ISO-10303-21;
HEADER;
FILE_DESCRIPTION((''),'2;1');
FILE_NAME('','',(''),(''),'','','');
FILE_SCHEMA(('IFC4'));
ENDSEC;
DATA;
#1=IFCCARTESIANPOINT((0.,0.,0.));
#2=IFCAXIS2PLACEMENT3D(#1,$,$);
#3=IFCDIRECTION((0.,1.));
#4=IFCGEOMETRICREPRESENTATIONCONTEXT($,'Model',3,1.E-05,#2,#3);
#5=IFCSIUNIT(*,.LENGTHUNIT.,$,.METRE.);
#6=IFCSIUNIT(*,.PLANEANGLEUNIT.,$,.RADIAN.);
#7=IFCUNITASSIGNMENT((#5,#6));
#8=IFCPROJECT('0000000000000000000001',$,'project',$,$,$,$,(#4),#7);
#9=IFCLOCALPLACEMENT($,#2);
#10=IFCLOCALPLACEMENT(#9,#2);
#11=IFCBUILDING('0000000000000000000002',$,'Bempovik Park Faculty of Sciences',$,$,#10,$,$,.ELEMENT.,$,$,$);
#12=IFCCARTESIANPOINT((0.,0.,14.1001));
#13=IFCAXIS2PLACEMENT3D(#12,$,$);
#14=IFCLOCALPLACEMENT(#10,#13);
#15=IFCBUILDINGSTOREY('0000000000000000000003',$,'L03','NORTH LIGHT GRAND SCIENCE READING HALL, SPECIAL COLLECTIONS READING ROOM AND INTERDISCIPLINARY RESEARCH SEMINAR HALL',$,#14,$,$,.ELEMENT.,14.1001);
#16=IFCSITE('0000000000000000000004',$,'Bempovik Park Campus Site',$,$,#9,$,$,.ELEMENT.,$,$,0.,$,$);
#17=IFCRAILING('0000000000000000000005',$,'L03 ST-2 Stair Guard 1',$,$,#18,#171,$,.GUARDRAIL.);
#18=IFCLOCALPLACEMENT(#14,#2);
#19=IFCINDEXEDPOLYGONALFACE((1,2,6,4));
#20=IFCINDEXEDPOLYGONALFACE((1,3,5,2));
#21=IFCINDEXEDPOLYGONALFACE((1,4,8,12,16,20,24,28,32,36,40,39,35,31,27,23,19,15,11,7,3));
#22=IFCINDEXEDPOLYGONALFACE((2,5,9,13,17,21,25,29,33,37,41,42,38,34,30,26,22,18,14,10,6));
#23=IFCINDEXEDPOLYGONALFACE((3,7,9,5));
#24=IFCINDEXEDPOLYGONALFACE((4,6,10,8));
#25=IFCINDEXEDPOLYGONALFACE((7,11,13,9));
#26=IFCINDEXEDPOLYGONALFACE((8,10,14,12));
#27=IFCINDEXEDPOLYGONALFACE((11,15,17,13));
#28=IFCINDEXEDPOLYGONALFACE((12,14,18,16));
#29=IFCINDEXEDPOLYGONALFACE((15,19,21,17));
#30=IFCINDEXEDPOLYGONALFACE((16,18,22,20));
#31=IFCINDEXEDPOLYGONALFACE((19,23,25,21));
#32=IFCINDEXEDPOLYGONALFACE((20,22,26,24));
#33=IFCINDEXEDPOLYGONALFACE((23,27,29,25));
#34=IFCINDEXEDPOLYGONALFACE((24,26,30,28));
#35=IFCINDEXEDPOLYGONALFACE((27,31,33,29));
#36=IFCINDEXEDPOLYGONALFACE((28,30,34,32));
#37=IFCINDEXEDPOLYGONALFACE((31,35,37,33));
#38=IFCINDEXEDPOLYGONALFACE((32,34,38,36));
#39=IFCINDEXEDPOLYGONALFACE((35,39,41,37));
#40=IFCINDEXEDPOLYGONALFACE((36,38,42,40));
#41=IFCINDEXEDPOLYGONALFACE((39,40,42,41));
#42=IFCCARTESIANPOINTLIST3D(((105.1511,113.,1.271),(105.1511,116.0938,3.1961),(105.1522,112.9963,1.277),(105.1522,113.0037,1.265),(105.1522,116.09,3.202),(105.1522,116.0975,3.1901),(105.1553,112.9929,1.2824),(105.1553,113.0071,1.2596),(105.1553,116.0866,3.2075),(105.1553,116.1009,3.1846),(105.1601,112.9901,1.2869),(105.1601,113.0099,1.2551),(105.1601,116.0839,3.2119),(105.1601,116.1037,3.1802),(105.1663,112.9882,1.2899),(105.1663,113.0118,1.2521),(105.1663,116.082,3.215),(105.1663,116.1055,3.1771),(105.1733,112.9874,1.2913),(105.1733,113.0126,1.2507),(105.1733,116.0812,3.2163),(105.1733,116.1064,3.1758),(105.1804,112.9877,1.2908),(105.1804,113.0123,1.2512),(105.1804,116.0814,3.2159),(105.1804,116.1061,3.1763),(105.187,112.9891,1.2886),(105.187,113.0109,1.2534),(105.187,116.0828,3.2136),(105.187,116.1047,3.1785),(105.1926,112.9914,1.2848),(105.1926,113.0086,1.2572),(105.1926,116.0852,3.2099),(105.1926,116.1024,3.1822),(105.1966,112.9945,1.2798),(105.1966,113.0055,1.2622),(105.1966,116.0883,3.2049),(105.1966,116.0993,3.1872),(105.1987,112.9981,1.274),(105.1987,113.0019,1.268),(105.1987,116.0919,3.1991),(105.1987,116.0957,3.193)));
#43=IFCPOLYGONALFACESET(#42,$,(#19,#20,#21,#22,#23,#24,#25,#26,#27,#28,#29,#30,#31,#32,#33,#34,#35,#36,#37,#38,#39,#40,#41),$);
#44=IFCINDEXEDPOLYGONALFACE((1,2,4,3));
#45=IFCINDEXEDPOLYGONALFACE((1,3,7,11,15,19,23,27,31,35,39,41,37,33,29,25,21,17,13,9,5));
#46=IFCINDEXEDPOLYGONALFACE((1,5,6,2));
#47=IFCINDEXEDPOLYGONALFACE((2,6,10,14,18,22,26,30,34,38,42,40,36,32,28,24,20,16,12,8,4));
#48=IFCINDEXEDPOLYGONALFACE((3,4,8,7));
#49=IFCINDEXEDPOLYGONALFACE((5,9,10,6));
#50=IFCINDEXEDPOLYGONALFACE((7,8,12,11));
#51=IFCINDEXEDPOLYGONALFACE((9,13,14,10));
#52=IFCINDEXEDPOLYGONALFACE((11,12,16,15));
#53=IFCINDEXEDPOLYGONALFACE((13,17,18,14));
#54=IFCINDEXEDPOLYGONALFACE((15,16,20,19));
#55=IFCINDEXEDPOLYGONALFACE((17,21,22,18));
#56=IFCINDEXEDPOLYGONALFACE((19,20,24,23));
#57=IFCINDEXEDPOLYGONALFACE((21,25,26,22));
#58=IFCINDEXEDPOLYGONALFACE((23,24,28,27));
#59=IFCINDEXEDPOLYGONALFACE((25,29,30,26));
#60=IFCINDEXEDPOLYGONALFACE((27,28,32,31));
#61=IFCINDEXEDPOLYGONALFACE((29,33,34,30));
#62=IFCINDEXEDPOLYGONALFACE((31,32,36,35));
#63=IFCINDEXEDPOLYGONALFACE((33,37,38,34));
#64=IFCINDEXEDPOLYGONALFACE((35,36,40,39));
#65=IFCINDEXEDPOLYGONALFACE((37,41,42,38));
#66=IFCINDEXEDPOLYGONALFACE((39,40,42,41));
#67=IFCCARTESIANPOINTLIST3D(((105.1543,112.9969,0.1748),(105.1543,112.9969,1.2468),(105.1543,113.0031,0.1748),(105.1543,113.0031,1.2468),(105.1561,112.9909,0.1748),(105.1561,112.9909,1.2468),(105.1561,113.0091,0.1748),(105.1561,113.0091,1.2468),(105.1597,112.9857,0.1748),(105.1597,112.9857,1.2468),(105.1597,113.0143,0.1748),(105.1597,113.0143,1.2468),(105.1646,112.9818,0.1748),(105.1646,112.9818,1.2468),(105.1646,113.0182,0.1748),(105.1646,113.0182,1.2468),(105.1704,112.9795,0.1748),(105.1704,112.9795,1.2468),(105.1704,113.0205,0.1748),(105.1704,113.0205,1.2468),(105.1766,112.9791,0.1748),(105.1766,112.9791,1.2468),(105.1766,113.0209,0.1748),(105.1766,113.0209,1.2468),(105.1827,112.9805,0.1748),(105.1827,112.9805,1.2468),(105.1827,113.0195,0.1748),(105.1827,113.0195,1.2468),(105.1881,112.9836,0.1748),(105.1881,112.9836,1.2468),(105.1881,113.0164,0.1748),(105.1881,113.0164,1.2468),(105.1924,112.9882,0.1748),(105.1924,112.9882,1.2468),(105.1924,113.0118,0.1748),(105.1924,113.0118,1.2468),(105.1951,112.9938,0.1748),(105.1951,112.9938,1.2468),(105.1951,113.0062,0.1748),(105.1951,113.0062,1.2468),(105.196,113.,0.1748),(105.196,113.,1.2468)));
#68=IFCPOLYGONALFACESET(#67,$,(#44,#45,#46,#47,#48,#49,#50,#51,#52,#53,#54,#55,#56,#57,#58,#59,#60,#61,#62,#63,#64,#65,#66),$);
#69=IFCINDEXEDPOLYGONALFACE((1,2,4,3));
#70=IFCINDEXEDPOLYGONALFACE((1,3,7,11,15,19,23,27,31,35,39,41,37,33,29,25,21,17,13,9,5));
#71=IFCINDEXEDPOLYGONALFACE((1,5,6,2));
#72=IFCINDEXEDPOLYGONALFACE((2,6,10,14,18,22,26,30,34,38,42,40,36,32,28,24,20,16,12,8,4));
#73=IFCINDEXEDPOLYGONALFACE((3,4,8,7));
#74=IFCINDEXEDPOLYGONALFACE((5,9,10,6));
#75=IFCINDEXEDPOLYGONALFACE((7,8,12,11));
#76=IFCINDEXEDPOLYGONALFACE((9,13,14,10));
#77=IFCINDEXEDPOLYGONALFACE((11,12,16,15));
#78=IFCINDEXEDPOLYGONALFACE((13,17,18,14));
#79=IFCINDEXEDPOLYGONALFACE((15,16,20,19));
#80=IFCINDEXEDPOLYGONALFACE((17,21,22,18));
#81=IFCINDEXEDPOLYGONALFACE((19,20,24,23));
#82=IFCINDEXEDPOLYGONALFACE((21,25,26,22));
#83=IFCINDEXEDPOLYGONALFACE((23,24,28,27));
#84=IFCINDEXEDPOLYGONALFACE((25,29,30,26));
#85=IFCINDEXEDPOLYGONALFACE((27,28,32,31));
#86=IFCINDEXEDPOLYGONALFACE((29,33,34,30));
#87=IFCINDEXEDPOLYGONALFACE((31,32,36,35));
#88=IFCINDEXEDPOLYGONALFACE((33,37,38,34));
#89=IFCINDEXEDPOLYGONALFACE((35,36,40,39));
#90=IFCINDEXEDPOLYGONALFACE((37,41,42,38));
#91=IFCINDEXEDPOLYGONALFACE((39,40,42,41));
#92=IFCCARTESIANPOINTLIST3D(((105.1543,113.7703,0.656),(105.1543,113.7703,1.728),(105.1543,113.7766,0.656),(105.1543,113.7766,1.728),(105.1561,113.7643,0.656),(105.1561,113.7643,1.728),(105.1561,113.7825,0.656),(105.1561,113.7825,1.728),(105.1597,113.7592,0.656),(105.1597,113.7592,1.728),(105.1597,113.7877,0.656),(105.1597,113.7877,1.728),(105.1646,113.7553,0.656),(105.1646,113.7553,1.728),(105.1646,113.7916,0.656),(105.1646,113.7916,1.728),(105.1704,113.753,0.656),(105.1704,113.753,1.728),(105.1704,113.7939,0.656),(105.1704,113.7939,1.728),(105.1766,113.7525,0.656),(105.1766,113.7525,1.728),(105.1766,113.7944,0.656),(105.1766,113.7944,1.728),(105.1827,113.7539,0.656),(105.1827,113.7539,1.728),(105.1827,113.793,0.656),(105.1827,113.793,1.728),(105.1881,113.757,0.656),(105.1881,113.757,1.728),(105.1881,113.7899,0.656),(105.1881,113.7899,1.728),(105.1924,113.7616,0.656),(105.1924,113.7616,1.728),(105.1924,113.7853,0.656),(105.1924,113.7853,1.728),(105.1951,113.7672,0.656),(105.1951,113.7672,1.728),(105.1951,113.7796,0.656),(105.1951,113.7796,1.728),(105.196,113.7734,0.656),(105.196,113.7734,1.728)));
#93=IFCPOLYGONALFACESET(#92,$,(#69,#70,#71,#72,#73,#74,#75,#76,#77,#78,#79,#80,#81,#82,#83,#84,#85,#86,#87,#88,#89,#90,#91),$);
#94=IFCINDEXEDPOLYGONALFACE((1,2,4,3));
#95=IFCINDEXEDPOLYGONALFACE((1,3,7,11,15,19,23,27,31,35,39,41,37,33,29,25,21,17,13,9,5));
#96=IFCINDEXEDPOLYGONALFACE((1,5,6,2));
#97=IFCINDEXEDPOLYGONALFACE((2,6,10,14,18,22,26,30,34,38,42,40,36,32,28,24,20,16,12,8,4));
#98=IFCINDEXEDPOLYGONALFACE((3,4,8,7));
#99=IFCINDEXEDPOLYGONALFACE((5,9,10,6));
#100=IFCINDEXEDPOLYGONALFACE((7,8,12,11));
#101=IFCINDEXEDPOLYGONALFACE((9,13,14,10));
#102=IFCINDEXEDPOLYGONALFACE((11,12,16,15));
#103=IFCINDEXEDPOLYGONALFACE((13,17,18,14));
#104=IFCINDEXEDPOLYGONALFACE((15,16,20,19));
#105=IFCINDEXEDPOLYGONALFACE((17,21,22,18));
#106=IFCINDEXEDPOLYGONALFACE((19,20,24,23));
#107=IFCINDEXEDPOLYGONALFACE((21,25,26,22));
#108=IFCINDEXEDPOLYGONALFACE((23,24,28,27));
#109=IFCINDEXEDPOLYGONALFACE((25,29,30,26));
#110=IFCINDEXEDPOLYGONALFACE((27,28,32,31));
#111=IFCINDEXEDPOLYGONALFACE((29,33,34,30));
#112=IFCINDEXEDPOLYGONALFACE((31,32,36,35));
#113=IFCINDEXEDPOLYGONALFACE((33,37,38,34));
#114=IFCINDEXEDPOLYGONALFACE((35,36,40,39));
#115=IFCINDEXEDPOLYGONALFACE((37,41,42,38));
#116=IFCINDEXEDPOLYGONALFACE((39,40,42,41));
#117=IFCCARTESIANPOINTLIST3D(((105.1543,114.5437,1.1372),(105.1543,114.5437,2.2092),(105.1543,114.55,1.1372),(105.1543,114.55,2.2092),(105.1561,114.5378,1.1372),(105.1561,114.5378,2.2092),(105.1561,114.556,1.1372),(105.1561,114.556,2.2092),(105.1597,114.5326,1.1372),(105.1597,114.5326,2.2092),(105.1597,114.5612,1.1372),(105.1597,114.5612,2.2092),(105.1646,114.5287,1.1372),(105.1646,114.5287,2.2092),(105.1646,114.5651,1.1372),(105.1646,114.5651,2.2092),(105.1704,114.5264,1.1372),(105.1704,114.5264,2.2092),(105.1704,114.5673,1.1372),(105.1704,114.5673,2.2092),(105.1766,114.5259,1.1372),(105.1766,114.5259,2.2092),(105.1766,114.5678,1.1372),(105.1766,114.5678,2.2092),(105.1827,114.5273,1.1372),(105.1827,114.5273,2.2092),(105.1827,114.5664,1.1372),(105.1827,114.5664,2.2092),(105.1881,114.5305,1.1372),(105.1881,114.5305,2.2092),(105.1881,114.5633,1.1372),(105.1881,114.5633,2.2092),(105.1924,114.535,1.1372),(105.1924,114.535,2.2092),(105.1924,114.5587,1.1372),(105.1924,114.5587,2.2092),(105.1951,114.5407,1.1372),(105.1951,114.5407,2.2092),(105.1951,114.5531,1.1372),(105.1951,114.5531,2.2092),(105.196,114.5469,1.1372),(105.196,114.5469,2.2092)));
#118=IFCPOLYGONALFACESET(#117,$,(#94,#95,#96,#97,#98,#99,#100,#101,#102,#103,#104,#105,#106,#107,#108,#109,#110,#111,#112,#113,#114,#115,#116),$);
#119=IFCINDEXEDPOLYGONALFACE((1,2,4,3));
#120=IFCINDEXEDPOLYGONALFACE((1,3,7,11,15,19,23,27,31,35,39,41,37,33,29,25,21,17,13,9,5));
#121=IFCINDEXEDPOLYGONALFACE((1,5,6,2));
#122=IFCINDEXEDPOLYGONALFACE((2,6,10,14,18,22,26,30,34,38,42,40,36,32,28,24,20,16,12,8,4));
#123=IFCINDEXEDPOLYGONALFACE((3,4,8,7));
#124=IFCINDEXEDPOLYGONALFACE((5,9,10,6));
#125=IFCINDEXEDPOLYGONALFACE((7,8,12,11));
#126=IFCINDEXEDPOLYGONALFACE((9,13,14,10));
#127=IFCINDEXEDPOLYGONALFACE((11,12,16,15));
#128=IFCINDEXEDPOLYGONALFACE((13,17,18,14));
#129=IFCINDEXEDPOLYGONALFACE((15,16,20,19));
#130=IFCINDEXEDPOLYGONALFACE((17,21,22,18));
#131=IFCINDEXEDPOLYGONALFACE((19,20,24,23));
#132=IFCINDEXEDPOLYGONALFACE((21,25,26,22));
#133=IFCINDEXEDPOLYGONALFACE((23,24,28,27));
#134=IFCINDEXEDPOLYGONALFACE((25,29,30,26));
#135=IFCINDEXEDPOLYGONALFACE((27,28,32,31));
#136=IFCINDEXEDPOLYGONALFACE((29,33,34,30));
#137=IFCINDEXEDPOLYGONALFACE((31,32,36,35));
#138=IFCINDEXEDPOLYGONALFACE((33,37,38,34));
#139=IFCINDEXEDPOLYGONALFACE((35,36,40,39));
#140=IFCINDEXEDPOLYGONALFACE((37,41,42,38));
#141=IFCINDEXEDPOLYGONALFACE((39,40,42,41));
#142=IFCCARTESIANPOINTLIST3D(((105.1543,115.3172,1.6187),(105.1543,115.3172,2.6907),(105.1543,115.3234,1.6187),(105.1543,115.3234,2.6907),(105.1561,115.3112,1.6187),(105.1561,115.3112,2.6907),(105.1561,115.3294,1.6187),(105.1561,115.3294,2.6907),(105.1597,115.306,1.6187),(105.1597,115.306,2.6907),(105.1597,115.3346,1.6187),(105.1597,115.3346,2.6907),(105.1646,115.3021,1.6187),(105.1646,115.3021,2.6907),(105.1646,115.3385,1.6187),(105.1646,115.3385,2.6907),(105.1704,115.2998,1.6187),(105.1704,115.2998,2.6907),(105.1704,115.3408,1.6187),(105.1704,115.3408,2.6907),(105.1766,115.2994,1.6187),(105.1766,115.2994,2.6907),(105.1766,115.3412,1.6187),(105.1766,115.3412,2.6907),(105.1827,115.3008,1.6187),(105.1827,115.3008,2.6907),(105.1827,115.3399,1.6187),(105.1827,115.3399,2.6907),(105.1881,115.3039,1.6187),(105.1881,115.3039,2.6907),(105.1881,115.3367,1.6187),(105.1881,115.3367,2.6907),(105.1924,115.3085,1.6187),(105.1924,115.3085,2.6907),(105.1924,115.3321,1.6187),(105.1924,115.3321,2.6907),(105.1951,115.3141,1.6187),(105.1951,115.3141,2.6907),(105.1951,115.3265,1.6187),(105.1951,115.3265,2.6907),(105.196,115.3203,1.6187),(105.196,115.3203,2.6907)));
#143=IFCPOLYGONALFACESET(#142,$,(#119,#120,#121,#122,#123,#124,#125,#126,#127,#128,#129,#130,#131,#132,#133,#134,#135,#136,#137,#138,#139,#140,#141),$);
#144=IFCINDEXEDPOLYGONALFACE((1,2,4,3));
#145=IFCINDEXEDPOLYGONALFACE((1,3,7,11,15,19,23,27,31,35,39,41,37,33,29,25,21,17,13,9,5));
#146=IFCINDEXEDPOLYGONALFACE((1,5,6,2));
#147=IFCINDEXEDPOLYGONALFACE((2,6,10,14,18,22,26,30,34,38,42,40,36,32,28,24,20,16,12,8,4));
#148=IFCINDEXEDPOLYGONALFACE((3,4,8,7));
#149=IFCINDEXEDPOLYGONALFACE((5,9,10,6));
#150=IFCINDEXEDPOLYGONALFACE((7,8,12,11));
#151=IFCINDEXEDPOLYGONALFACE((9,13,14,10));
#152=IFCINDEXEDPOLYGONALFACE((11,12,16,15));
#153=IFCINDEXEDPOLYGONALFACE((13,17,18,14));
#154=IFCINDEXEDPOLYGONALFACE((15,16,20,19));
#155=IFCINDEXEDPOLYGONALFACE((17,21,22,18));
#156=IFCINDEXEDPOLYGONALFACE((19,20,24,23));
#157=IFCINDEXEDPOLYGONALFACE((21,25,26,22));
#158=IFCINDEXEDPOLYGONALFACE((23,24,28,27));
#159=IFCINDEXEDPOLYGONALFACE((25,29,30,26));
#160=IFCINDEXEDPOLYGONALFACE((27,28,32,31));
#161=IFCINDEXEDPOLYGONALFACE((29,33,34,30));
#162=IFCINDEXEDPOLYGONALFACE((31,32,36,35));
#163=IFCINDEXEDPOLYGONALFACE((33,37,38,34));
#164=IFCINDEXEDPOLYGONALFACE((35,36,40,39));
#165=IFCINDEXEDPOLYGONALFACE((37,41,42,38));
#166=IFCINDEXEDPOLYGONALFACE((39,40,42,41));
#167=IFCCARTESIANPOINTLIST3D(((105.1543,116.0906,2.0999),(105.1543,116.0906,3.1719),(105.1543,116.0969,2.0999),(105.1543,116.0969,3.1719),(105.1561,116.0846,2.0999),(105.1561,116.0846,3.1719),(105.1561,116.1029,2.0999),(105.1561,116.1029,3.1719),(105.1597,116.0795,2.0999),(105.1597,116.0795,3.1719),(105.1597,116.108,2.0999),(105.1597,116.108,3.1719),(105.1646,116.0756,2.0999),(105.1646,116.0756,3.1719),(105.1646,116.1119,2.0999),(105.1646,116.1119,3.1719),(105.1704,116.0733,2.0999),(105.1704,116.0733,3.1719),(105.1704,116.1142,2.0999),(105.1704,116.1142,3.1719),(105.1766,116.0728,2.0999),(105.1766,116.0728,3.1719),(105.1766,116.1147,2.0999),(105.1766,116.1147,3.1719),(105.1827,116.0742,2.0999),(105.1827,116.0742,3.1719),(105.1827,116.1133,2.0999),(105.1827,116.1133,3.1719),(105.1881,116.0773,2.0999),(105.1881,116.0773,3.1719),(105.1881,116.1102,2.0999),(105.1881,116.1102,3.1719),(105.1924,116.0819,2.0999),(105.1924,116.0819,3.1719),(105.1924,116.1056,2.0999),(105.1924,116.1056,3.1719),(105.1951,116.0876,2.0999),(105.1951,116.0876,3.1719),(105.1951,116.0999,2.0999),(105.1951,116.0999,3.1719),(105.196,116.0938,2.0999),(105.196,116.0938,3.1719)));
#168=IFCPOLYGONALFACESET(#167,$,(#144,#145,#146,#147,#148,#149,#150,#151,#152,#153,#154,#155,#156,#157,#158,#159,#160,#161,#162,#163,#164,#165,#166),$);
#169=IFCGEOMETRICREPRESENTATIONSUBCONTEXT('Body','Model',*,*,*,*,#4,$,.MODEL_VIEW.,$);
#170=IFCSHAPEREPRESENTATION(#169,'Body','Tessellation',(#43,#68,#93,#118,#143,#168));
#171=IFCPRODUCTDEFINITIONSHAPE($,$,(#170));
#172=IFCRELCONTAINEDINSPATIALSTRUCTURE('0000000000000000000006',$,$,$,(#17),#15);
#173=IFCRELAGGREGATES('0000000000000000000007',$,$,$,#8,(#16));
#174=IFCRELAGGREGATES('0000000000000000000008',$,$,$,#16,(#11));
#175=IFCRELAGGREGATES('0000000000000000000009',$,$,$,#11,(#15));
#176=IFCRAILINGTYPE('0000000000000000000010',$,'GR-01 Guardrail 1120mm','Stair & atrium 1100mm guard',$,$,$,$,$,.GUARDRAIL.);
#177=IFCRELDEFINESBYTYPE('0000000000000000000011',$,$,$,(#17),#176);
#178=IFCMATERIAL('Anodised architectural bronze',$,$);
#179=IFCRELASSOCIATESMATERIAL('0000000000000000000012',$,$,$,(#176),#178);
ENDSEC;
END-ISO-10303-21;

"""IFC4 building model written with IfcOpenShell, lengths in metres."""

from ifc_helpers import new_model, si_unit, direction, frame, origin, origin_2d, place, context, subcontext, project, spatial, circle, extrude, material, type_object, element, save


model = new_model("IFC4")

# Units and contexts
model_context = context("Model", 3, precision=1e-05, world=origin(), true_north=direction((0.0, 1.0)))
body_context = subcontext(model_context, "Body", "Model", "MODEL_VIEW")
ifc_project = project(units=[si_unit("LENGTHUNIT", "METRE"), si_unit("PLANEANGLEUNIT", "RADIAN")], contexts=[model_context])

# Site, building, storey
site_placement = place(None, origin())
site = spatial("IfcSite", under=ifc_project, at=site_placement, Name="Bempovik Park Campus Site", CompositionType="ELEMENT", RefElevation=0.0)
building_placement = place(site_placement, origin())
building = spatial("IfcBuilding", under=site, at=building_placement, Name="Bempovik Park Faculty of Sciences", CompositionType="ELEMENT")
storey_placement = place(building_placement, frame((0.0, 0.0, 14.1001)))
storey = spatial("IfcBuildingStorey", under=building, at=storey_placement, Name="L03", Description="NORTH LIGHT GRAND SCIENCE READING HALL, SPECIAL COLLECTIONS READING ROOM AND INTERDISCIPLINARY RESEARCH SEMINAR HALL", CompositionType="ELEMENT", Elevation=14.1001)

# Shared definitions
ifc_material_1 = material(Name="Anodised architectural bronze")

# Railing
railing_type_1 = type_object("IfcRailingType", Name="GR-01 Guardrail 1120mm", Description="Stair & atrium 1100mm guard", PredefinedType="GUARDRAIL", material=ifc_material_1)
railing_1_placement = place(storey_placement, frame((105.175, 113.0, 0.1748)))
element("IfcRailing", 1, at=railing_1_placement, inside=storey, type_object=railing_type_1, Name="L03 ST-2 Stair Guard 1", PredefinedType="GUARDRAIL", context=body_context, shape_type="SweptSolid", body=[
    extrude(circle(Radius=0.0239, at=origin_2d()), frame((0.0, 0.0, 1.0962), z_axis=(0.0, 0.849051, 0.528312), x_axis=(-1.0, 0.0, 0.0)), (0.0, 0.0, 1.0), 3.6438),
    extrude(circle(Radius=0.021, at=origin_2d()), origin(), (0.0, 0.0, 1.0), 1.072),
    extrude(circle(Radius=0.021, at=origin_2d()), frame((0.0, 0.7734, 0.4812)), (0.0, 0.0, 1.0), 1.072),
    extrude(circle(Radius=0.021, at=origin_2d()), frame((0.0, 1.5469, 0.9624)), (0.0, 0.0, 1.0), 1.072),
    extrude(circle(Radius=0.021, at=origin_2d()), frame((0.0, 2.3203, 1.4438)), (0.0, 0.0, 1.0), 1.072),
    extrude(circle(Radius=0.021, at=origin_2d()), frame((0.0, 3.0938, 1.925)), (0.0, 0.0, 1.0), 1.072),
])

save(model, "model.ifc")
